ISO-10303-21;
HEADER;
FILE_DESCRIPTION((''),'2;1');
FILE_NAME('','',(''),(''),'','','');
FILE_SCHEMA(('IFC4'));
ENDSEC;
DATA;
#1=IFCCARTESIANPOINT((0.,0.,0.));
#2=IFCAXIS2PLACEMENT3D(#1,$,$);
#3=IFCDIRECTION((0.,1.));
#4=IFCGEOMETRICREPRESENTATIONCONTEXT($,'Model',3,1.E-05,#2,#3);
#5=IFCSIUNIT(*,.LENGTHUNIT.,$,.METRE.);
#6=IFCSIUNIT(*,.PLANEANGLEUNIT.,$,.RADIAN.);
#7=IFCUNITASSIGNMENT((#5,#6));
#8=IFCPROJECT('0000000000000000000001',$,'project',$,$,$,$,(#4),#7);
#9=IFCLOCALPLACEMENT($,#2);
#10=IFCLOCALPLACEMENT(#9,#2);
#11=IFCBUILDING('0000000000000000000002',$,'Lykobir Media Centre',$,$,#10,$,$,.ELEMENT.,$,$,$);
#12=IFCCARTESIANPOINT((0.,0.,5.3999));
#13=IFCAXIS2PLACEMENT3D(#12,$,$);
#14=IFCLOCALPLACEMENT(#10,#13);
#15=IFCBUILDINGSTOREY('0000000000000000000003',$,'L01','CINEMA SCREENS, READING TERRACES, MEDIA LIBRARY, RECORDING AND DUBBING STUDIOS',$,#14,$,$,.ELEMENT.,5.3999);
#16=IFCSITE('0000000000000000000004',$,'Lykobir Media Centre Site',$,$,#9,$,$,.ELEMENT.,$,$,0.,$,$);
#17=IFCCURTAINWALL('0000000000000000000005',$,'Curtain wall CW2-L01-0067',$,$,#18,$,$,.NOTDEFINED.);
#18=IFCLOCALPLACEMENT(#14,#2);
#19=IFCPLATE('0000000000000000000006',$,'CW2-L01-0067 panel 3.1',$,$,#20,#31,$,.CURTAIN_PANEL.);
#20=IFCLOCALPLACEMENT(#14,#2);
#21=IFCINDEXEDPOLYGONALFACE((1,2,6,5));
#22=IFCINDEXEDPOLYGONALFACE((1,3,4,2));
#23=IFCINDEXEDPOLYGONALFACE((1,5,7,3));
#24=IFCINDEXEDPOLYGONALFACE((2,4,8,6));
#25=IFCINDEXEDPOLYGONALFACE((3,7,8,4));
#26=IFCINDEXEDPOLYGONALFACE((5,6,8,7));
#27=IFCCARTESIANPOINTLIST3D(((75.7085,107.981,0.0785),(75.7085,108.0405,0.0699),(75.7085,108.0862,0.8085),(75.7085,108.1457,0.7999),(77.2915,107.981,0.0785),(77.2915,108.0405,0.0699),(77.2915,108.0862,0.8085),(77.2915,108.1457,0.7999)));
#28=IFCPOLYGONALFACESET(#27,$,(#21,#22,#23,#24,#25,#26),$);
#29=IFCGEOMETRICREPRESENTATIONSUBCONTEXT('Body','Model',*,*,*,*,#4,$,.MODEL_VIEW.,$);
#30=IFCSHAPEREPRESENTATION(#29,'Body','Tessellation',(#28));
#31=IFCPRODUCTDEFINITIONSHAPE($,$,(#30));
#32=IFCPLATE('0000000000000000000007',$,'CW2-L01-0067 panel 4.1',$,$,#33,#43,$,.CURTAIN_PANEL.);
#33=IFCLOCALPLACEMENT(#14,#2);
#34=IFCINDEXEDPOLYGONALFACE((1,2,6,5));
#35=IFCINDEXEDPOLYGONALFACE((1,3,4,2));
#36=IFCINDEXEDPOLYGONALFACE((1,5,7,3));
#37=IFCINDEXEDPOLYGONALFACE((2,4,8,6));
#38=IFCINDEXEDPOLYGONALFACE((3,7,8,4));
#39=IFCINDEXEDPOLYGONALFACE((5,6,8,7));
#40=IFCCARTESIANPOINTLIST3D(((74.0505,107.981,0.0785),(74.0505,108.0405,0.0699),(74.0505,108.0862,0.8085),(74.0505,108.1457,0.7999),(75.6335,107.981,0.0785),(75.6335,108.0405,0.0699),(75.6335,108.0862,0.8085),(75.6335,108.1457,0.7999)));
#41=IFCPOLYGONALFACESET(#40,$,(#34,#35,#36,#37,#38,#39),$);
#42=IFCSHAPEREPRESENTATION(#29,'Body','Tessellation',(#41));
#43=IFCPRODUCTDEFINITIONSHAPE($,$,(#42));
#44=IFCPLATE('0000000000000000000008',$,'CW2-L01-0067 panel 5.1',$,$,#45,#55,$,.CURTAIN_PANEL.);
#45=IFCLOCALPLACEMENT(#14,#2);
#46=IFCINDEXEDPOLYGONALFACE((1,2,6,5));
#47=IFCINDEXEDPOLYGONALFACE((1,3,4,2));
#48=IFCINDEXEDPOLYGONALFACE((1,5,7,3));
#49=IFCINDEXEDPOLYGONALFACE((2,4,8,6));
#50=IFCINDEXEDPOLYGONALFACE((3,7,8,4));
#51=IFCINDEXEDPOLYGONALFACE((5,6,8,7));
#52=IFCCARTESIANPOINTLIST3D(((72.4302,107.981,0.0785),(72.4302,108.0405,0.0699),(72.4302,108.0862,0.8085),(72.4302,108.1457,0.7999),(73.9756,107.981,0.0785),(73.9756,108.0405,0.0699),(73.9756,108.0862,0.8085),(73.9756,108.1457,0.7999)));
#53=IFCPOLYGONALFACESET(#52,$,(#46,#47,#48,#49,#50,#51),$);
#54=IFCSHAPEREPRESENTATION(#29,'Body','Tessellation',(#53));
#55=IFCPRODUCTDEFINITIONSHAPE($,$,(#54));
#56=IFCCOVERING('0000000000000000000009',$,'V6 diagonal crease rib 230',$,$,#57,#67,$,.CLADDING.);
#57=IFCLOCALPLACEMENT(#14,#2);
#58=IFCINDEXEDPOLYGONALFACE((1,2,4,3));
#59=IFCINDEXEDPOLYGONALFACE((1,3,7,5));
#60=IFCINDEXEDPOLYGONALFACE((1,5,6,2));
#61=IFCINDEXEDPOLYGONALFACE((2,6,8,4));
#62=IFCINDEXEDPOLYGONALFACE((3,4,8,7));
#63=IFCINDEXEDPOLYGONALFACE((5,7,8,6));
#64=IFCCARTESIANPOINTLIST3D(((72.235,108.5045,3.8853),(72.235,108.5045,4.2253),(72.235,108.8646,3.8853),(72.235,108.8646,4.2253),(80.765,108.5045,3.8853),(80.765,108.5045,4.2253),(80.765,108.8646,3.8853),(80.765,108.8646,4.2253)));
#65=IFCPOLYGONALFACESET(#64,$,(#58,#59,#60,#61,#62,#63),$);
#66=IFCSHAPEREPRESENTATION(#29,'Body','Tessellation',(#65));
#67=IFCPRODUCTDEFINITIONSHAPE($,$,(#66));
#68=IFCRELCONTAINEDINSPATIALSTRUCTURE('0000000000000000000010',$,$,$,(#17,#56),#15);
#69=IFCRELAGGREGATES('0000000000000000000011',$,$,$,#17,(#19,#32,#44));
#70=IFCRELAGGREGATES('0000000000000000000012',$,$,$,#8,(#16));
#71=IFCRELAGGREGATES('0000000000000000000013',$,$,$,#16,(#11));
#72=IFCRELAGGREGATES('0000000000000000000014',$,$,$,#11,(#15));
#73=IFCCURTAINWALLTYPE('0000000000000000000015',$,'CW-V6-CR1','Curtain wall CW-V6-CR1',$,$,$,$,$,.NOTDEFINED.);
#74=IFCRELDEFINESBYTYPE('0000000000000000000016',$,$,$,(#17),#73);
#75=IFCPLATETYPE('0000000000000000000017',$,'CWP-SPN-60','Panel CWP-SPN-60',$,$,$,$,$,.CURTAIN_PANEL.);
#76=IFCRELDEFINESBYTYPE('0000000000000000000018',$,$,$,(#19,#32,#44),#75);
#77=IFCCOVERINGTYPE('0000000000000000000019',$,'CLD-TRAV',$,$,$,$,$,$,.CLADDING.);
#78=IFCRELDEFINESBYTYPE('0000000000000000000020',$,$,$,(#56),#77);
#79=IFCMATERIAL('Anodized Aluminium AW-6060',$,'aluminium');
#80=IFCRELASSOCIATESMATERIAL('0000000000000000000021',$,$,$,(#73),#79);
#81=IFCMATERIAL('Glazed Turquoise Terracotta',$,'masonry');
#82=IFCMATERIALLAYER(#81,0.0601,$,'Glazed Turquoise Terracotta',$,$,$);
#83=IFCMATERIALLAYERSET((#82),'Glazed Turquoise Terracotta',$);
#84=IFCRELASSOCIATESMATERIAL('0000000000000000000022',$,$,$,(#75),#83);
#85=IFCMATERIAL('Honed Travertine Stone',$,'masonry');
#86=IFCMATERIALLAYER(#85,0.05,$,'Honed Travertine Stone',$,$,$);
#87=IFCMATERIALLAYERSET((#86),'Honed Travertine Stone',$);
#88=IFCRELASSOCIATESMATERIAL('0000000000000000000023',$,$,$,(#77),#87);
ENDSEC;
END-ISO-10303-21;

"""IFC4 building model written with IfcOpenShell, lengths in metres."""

from ifc_helpers import new_model, si_unit, direction, frame, origin, origin_2d, place, context, subcontext, project, spatial, rectangle, extrude, material, layer, layer_set, type_object, element, aggregate, save


model = new_model("IFC4")

# Units and contexts
model_context = context("Model", 3, precision=1e-05, world=origin(), true_north=direction((0.0, 1.0)))
body_context = subcontext(model_context, "Body", "Model", "MODEL_VIEW")
ifc_project = project(units=[si_unit("LENGTHUNIT", "METRE"), si_unit("PLANEANGLEUNIT", "RADIAN")], contexts=[model_context])

# Site, building, storey
site_placement = place(None, origin())
site = spatial("IfcSite", under=ifc_project, at=site_placement, Name="Lykobir Media Centre Site", CompositionType="ELEMENT", RefElevation=0.0)
building_placement = place(site_placement, origin())
building = spatial("IfcBuilding", under=site, at=building_placement, Name="Lykobir Media Centre", CompositionType="ELEMENT")
storey_placement = place(building_placement, frame((0.0, 0.0, 5.3999)))
storey = spatial("IfcBuildingStorey", under=building, at=storey_placement, Name="L01", Description="CINEMA SCREENS, READING TERRACES, MEDIA LIBRARY, RECORDING AND DUBBING STUDIOS", CompositionType="ELEMENT", Elevation=5.3999)

# Shared definitions
ifc_material_1 = material(Name="Anodized Aluminium AW-6060", Category="aluminium")
curtain_wall_type = type_object("IfcCurtainWallType", Name="CW-V6-CR1", Description="Curtain wall CW-V6-CR1", PredefinedType="NOTDEFINED", material=ifc_material_1)

# Curtain wall
curtain_wall_1_placement = place(storey_placement, origin())
curtain_wall_1 = element("IfcCurtainWall", 1, at=curtain_wall_1_placement, inside=storey, type_object=curtain_wall_type, Name="Curtain wall CW2-L01-0067", PredefinedType="NOTDEFINED")

# Plates
ifc_material_2 = material(Name="Glazed Turquoise Terracotta", Category="masonry")
ifc_layer_1 = layer(ifc_material_2, 0.0601, Name="Glazed Turquoise Terracotta")
ifc_layer_set_1 = layer_set([ifc_layer_1], Name="Glazed Turquoise Terracotta")
plate_type_1 = type_object("IfcPlateType", Name="CWP-SPN-60", Description="Panel CWP-SPN-60", PredefinedType="CURTAIN_PANEL", material=ifc_layer_set_1)
plate_1_placement = place(storey_placement, frame((76.5, 108.0107, 0.0742), z_axis=(0.0, 0.142629, 0.989776), x_axis=(-1.0, 0.0, 0.0)))
plate_1 = element("IfcPlate", 2, at=plate_1_placement, type_object=plate_type_1, Name="CW2-L01-0067 panel 3.1", PredefinedType="CURTAIN_PANEL", context=body_context, shape_type="SweptSolid", body=[
    extrude(rectangle(XDim=1.583, YDim=0.0601, at=origin_2d()), origin(), (0.0, 0.0, 1.0), 0.7375),
])
plate_2_placement = place(storey_placement, frame((74.842, 108.0107, 0.0742), z_axis=(0.0, 0.142629, 0.989776), x_axis=(-1.0, 0.0, 0.0)))
plate_2 = element("IfcPlate", 3, at=plate_2_placement, type_object=plate_type_1, Name="CW2-L01-0067 panel 4.1", PredefinedType="CURTAIN_PANEL", context=body_context, shape_type="SweptSolid", body=[
    extrude(rectangle(XDim=1.583, YDim=0.0601, at=origin_2d()), origin(), (0.0, 0.0, 1.0), 0.7375),
])
plate_3_placement = place(storey_placement, frame((73.2029, 108.0107, 0.0742), z_axis=(0.0, 0.142629, 0.989776), x_axis=(-1.0, 0.0, 0.0)))
plate_3 = element("IfcPlate", 4, at=plate_3_placement, type_object=plate_type_1, Name="CW2-L01-0067 panel 5.1", PredefinedType="CURTAIN_PANEL", context=body_context, shape_type="SweptSolid", body=[
    extrude(rectangle(XDim=1.5454, YDim=0.0601, at=origin_2d()), origin(), (0.0, 0.0, 1.0), 0.7375),
])
aggregate(curtain_wall_1, [plate_1, plate_2, plate_3])

# Covering
ifc_material_3 = material(Name="Honed Travertine Stone", Category="masonry")
ifc_layer_2 = layer(ifc_material_3, 0.05, Name="Honed Travertine Stone")
ifc_layer_set_2 = layer_set([ifc_layer_2], Name="Honed Travertine Stone")
covering_type = type_object("IfcCoveringType", Name="CLD-TRAV", PredefinedType="CLADDING", material=ifc_layer_set_2)
covering_placement = place(storey_placement, frame((76.5, 108.6846, 3.8853), z_axis=(0.0, 0.0, 1.0), x_axis=(-1.0, 0.0, 0.0)))
element("IfcCovering", 5, at=covering_placement, inside=storey, type_object=covering_type, Name="V6 diagonal crease rib 230", PredefinedType="CLADDING", context=body_context, shape_type="SweptSolid", body=[
    extrude(rectangle(XDim=8.53, YDim=0.3601, at=origin_2d()), origin(), (0.0, 0.0, 1.0), 0.3401),
])

save(model, "model.ifc")
